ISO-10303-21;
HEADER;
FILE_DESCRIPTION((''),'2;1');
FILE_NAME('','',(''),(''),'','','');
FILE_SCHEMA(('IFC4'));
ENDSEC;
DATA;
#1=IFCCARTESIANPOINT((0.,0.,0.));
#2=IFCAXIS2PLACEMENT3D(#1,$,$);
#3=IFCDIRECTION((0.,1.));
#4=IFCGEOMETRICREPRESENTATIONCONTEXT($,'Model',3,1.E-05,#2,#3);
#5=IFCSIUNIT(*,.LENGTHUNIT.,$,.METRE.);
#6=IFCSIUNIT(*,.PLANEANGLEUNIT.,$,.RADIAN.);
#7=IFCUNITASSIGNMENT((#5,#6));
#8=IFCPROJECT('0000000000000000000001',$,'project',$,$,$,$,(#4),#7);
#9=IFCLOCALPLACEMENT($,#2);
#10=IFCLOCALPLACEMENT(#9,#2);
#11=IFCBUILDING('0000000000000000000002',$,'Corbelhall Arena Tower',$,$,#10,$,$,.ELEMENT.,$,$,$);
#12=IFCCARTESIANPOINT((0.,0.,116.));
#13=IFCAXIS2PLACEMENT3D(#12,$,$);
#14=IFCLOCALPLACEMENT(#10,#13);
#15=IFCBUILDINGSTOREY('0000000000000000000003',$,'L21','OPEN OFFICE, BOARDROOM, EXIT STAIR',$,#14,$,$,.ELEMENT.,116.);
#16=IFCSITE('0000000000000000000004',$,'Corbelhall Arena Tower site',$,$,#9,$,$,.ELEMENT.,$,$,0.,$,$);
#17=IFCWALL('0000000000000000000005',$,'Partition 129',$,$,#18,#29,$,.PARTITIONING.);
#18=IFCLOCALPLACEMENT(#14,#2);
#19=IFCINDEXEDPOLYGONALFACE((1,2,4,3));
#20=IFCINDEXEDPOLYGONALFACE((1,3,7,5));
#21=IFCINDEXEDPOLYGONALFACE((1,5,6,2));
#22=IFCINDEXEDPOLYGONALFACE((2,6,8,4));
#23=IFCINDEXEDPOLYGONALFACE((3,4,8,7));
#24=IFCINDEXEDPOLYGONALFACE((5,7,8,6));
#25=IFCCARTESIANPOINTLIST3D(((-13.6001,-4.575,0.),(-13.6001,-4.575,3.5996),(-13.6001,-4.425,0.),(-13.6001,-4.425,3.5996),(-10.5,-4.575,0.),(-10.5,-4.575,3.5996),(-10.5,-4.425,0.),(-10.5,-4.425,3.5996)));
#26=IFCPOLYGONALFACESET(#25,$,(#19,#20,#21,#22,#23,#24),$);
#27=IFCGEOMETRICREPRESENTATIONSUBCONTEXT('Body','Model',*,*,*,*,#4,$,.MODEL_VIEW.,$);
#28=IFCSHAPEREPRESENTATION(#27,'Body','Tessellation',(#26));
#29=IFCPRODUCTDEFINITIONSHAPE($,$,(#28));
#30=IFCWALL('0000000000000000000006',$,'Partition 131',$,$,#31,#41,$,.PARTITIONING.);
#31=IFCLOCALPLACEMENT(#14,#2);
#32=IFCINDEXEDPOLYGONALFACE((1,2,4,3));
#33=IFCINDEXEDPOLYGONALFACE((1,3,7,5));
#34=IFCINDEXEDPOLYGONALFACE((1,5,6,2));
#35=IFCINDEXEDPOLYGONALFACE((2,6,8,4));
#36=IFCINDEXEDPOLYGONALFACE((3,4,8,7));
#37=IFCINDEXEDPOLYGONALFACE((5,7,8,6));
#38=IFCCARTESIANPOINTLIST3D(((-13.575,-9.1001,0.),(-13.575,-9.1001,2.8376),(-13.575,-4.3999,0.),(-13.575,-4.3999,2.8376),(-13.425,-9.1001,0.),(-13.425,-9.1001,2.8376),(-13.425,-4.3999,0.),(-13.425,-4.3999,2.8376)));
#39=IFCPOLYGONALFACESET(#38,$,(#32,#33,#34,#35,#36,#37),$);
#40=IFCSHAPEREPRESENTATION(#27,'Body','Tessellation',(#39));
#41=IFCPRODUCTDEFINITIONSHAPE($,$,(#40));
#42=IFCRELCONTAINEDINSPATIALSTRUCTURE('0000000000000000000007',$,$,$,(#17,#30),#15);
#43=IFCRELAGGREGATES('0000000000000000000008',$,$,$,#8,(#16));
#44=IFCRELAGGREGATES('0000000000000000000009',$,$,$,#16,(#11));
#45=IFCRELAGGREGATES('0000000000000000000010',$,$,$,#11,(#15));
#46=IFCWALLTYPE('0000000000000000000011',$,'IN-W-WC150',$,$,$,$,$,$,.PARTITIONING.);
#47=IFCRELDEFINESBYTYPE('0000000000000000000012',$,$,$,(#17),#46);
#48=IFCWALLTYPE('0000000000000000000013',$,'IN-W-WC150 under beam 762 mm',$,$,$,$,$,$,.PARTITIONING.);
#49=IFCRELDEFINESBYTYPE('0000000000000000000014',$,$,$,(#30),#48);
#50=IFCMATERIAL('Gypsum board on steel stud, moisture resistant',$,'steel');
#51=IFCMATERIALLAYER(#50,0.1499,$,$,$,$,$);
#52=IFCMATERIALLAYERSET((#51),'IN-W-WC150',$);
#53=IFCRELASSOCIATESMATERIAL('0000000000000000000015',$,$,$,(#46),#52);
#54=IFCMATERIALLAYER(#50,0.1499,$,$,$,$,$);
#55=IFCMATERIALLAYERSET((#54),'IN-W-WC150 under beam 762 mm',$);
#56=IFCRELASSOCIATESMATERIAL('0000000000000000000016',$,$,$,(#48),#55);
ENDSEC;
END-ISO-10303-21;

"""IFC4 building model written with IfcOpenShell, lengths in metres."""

from ifc_helpers import new_model, si_unit, direction, frame, frame_2d, origin, place, context, subcontext, project, spatial, rectangle, extrude, material, layer, layer_set, type_object, element, save


model = new_model("IFC4")

# Units and contexts
model_context = context("Model", 3, precision=1e-05, world=origin(), true_north=direction((0.0, 1.0)))
body_context = subcontext(model_context, "Body", "Model", "MODEL_VIEW")
ifc_project = project(units=[si_unit("LENGTHUNIT", "METRE"), si_unit("PLANEANGLEUNIT", "RADIAN")], contexts=[model_context])

# Site, building, storey
site_placement = place(None, origin())
site = spatial("IfcSite", under=ifc_project, at=site_placement, Name="Corbelhall Arena Tower site", CompositionType="ELEMENT", RefElevation=0.0)
building_placement = place(site_placement, origin())
building = spatial("IfcBuilding", under=site, at=building_placement, Name="Corbelhall Arena Tower", CompositionType="ELEMENT")
storey_placement = place(building_placement, frame((0.0, 0.0, 116.0)))
storey = spatial("IfcBuildingStorey", under=building, at=storey_placement, Name="L21", Description="OPEN OFFICE, BOARDROOM, EXIT STAIR", CompositionType="ELEMENT", Elevation=116.0)

# Walls
ifc_material_1 = material(Name="Gypsum board on steel stud, moisture resistant", Category="steel")
ifc_layer_1 = layer(ifc_material_1, 0.1499)
ifc_layer_set_1 = layer_set([ifc_layer_1], Name="IN-W-WC150")
wall_type_1 = type_object("IfcWallType", Name="IN-W-WC150", PredefinedType="PARTITIONING", material=ifc_layer_set_1)
wall_1_placement = place(storey_placement, frame((-13.6001, -4.5, 0.0), z_axis=(0.0, 0.0, 1.0), x_axis=(1.0, 0.0, 0.0)))
element("IfcWall", 1, at=wall_1_placement, inside=storey, type_object=wall_type_1, Name="Partition 129", PredefinedType="PARTITIONING", context=body_context, shape_type="SweptSolid", body=[
    extrude(rectangle(XDim=3.1001, YDim=0.1499, at=frame_2d((1.55, 0.0))), origin(), (0.0, 0.0, 1.0), 3.5996),
])
ifc_layer_2 = layer(ifc_material_1, 0.1499)
ifc_layer_set_2 = layer_set([ifc_layer_2], Name="IN-W-WC150 under beam 762 mm")
wall_type_2 = type_object("IfcWallType", Name="IN-W-WC150 under beam 762 mm", PredefinedType="PARTITIONING", material=ifc_layer_set_2)
wall_2_placement = place(storey_placement, frame((-13.5, -9.1001, 0.0), z_axis=(0.0, 0.0, 1.0), x_axis=(0.0, 1.0, 0.0)))
element("IfcWall", 2, at=wall_2_placement, inside=storey, type_object=wall_type_2, Name="Partition 131", PredefinedType="PARTITIONING", context=body_context, shape_type="SweptSolid", body=[
    extrude(rectangle(XDim=4.7002, YDim=0.1499, at=frame_2d((2.3501, 0.0))), origin(), (0.0, 0.0, 1.0), 2.8376),
])

save(model, "model.ifc")
